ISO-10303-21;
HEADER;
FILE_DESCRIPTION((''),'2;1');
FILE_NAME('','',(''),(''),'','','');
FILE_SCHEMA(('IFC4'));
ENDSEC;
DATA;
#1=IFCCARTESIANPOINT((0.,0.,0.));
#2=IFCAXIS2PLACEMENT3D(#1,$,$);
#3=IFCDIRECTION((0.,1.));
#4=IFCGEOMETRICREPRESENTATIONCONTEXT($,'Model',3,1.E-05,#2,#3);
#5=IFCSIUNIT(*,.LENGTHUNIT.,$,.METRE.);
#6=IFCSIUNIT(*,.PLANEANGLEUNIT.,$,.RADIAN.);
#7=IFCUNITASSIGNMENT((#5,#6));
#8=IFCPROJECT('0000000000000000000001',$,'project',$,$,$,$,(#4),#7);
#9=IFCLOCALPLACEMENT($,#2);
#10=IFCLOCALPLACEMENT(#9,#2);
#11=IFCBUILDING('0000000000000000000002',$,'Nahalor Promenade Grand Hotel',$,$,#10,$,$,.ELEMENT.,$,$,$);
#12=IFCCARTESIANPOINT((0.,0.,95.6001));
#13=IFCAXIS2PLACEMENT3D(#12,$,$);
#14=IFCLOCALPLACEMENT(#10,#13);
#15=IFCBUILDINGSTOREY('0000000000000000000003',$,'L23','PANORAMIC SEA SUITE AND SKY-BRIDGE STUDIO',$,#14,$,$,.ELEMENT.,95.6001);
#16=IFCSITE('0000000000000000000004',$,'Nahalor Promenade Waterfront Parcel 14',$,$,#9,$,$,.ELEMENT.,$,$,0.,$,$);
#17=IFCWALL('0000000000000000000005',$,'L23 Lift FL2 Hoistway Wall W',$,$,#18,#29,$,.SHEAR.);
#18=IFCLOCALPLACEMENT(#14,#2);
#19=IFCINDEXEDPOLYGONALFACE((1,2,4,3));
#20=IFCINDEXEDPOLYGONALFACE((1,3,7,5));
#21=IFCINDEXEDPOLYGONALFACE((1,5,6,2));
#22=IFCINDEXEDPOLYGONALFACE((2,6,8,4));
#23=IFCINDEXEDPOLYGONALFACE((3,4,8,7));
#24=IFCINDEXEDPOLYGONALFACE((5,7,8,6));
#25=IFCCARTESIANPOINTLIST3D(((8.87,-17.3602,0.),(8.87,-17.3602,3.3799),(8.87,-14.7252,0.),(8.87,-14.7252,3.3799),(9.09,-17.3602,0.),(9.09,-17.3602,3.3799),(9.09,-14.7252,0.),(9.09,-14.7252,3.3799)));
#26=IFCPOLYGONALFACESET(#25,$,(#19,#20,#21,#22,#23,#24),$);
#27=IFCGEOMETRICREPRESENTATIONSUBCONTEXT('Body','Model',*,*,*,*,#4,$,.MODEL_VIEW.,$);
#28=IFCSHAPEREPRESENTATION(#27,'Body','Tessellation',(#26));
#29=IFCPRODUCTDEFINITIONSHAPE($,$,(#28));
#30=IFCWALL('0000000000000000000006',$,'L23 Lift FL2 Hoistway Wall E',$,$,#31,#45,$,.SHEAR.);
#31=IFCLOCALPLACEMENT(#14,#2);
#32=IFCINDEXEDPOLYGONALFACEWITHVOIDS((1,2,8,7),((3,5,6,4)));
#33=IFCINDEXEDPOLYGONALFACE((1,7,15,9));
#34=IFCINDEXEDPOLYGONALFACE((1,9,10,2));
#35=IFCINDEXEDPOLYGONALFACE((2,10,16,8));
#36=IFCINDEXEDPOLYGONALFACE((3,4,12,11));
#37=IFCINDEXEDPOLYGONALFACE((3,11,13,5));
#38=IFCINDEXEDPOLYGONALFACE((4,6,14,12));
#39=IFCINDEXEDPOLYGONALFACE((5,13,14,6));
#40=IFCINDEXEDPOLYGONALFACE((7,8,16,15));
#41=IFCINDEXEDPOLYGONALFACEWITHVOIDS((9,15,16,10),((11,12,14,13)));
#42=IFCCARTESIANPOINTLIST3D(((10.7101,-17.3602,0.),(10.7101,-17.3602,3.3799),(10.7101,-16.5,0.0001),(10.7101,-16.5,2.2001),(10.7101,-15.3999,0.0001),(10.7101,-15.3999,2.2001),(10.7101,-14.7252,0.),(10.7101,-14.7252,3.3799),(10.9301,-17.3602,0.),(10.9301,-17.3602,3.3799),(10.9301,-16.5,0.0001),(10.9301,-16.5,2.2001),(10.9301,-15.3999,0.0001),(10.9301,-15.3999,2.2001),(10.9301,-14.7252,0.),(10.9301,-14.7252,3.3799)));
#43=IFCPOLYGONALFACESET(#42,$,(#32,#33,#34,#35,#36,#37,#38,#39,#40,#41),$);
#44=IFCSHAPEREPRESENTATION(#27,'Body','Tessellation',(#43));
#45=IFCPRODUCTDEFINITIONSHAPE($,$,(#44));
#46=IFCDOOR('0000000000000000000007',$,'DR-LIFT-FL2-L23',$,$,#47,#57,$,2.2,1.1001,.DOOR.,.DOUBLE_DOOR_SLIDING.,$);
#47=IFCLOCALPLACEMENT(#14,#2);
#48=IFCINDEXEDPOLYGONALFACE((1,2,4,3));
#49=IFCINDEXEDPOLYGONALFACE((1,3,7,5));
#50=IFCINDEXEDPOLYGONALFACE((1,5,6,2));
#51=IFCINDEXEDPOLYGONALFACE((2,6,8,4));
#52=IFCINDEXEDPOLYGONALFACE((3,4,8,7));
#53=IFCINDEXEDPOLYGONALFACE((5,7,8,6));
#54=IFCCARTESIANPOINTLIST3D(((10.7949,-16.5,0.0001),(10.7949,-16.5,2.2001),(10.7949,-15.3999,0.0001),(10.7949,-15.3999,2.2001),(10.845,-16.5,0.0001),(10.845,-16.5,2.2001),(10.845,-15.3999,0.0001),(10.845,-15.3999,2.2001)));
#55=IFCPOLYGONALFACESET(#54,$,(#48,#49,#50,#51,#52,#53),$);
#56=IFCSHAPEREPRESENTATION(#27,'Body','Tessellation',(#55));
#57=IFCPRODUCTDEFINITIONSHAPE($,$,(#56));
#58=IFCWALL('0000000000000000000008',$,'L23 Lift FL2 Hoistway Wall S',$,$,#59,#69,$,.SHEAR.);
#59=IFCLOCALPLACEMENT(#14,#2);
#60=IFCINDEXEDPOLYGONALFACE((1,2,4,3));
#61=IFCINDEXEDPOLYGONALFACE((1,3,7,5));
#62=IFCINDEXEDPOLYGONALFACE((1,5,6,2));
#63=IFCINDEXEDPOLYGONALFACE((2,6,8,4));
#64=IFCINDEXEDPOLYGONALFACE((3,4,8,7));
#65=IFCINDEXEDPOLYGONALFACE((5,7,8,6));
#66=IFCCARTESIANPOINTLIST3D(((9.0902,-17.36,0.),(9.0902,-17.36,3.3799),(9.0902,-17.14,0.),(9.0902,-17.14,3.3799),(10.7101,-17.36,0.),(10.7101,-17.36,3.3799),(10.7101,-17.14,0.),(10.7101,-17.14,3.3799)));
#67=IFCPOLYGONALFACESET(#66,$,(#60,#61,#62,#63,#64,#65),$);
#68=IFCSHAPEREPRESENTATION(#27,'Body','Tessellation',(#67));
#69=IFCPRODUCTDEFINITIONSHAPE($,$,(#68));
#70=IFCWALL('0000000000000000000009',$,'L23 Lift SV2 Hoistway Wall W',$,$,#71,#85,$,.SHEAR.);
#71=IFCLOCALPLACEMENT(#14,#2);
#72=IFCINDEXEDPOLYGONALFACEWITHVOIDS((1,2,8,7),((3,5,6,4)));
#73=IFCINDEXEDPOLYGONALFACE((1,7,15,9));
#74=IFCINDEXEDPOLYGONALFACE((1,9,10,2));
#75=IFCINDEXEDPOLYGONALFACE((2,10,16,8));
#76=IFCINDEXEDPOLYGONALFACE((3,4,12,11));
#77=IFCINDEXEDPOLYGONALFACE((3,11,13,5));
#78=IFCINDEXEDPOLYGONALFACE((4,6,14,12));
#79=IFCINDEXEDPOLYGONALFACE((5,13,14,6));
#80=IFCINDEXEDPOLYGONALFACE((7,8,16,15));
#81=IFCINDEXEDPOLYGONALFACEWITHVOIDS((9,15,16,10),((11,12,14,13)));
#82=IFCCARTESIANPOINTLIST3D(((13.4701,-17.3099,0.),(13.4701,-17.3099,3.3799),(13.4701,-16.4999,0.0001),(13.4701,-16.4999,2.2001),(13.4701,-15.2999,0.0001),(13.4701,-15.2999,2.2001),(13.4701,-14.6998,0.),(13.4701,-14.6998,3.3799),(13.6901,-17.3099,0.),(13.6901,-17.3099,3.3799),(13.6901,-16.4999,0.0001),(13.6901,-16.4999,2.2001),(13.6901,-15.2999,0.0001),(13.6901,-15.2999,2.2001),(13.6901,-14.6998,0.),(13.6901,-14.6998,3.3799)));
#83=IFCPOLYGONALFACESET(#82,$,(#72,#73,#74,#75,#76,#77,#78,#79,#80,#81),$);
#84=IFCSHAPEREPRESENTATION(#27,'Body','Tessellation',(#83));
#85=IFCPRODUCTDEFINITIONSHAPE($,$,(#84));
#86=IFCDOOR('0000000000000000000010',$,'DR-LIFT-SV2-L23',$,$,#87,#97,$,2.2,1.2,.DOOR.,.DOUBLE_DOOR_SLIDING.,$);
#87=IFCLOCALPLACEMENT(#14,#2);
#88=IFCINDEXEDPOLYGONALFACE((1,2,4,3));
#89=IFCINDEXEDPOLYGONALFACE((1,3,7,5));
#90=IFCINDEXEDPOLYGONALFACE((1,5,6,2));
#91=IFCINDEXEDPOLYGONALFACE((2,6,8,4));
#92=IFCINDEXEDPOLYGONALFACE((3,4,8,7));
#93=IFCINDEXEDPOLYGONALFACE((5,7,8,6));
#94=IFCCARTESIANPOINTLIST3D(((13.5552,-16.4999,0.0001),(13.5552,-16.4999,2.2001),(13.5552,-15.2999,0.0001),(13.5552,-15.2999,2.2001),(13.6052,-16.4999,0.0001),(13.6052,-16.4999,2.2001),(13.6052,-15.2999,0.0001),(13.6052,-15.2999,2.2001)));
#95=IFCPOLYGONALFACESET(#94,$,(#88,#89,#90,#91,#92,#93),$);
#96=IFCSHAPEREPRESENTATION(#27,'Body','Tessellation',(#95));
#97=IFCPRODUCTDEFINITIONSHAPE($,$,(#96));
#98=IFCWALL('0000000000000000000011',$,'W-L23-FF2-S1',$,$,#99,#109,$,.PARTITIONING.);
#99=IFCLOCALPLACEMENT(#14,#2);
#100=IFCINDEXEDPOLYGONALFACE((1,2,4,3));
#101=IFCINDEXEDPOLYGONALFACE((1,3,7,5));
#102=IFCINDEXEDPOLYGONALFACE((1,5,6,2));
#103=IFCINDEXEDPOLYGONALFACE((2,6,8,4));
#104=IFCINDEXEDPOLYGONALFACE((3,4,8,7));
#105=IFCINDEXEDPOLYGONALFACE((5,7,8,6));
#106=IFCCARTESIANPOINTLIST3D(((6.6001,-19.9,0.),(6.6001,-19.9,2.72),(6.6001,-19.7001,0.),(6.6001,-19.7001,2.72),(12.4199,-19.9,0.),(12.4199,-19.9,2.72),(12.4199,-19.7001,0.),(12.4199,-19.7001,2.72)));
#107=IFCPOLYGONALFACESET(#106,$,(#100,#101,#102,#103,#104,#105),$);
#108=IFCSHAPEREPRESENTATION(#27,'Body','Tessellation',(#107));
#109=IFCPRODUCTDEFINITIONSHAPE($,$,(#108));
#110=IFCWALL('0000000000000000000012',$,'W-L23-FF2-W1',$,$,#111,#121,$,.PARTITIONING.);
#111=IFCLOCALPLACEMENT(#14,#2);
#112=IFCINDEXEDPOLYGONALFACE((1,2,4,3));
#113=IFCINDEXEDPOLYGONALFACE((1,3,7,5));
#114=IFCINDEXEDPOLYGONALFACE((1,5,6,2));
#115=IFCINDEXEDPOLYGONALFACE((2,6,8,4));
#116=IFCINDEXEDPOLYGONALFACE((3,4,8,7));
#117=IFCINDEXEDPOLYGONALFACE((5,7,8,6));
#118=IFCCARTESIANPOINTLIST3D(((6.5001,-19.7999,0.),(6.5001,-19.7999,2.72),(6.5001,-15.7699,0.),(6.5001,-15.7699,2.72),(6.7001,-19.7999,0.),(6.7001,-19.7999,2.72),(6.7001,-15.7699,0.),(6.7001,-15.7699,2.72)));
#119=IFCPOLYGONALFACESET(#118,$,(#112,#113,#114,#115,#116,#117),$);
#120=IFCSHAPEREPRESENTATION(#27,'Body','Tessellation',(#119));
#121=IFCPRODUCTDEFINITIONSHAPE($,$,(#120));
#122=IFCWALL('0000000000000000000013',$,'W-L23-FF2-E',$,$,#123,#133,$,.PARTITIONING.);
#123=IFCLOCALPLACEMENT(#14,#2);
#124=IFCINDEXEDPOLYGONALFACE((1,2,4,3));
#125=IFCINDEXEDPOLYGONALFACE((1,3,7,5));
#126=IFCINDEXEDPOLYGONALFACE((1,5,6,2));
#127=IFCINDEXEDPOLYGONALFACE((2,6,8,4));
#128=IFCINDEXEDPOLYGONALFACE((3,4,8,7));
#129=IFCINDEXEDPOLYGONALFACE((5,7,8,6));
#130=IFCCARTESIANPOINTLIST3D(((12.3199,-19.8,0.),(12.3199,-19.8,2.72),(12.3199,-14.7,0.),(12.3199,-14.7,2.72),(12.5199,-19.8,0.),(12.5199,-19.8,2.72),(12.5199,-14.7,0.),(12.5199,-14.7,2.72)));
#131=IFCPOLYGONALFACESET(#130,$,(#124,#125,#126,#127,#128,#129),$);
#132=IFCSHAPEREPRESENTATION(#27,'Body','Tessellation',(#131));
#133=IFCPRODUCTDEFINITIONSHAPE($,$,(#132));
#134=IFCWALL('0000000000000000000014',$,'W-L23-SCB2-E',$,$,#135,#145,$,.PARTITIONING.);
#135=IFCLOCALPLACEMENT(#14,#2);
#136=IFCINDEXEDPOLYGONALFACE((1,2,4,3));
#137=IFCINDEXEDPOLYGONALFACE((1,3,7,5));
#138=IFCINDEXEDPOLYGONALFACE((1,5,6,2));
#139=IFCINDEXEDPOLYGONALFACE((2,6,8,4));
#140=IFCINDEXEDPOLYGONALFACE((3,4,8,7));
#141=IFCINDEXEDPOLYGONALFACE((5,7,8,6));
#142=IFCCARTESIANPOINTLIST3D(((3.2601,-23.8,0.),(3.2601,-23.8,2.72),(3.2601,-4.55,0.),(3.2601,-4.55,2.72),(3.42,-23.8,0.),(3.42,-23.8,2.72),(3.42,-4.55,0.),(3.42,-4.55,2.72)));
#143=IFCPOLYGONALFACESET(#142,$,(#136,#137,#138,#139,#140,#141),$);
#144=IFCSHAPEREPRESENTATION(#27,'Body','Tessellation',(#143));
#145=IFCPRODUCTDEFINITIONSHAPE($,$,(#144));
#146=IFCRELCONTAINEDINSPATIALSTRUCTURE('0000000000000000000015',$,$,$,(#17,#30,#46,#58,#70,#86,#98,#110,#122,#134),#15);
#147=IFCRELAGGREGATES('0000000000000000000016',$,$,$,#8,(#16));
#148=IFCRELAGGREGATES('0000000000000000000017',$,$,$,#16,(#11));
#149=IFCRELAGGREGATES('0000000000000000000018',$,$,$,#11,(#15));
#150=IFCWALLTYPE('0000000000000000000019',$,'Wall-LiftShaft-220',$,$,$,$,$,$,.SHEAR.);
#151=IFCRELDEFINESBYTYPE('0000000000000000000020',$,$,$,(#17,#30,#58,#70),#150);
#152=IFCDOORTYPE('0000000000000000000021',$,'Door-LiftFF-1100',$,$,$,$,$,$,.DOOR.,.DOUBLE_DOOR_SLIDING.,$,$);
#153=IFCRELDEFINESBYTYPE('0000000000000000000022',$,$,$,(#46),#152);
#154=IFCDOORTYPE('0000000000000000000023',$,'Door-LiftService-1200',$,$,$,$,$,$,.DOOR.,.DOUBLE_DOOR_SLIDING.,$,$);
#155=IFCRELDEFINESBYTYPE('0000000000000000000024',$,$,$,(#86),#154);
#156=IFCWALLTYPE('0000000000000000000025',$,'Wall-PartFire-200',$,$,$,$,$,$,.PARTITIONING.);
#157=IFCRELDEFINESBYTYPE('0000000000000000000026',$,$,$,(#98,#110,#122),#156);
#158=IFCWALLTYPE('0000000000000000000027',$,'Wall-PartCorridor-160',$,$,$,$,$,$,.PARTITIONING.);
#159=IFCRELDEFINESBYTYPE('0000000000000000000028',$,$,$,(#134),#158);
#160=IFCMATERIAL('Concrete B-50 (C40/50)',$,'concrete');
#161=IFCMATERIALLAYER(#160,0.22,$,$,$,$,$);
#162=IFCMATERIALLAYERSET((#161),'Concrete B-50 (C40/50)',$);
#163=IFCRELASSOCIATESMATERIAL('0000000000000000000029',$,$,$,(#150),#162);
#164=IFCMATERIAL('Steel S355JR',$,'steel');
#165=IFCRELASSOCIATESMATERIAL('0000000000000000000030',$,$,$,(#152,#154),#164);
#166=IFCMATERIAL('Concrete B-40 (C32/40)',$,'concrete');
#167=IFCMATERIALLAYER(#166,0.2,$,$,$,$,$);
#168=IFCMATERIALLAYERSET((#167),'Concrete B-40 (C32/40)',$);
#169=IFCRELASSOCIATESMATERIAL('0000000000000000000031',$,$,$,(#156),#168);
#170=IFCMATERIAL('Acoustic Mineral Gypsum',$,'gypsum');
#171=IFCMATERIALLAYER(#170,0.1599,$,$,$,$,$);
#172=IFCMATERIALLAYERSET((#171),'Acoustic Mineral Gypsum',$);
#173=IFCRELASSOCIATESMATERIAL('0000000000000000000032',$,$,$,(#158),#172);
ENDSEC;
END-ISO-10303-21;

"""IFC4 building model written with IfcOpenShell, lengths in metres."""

from ifc_helpers import new_model, si_unit, direction, frame, frame_2d, origin, place, context, subcontext, project, spatial, rectangle, extrude, source, transform, mapped, material, layer, layer_set, type_object, element, fill, save


model = new_model("IFC4")

# Units and contexts
model_context = context("Model", 3, precision=1e-05, world=origin(), true_north=direction((0.0, 1.0)))
body_context = subcontext(model_context, "Body", "Model", "MODEL_VIEW")
ifc_project = project(units=[si_unit("LENGTHUNIT", "METRE"), si_unit("PLANEANGLEUNIT", "RADIAN")], contexts=[model_context])

# Site, building, storey
site_placement = place(None, origin())
site = spatial("IfcSite", under=ifc_project, at=site_placement, Name="Nahalor Promenade Waterfront Parcel 14", CompositionType="ELEMENT", RefElevation=0.0)
building_placement = place(site_placement, origin())
building = spatial("IfcBuilding", under=site, at=building_placement, Name="Nahalor Promenade Grand Hotel", CompositionType="ELEMENT")
storey_placement = place(building_placement, frame((0.0, 0.0, 95.6001)))
storey = spatial("IfcBuildingStorey", under=building, at=storey_placement, Name="L23", Description="PANORAMIC SEA SUITE AND SKY-BRIDGE STUDIO", CompositionType="ELEMENT", Elevation=95.6001)

# Shared definitions
ifc_material_1 = material(Name="Steel S355JR", Category="steel")

# Shared definitions
ifc_material_2 = material(Name="Concrete B-50 (C40/50)", Category="concrete")

# Wall
ifc_layer_1 = layer(ifc_material_2, 0.22)
ifc_layer_set_1 = layer_set([ifc_layer_1], Name="Concrete B-50 (C40/50)")
wall_type_1 = type_object("IfcWallType", Name="Wall-LiftShaft-220", PredefinedType="SHEAR", material=ifc_layer_set_1)
shared_shape_1 = source(origin(), body_context, "Body", "SweptSolid", [
    extrude(rectangle(XDim=2.635, YDim=0.22, at=frame_2d((1.3174, 0.0))), origin(), (0.0, 0.0, 1.0), 3.3799),
])
wall_1_placement = place(storey_placement, frame((8.98, -17.3601, 0.0), z_axis=(0.0, 0.0, 1.0), x_axis=(0.0, 1.0, 0.0)))
element("IfcWall", 1, at=wall_1_placement, inside=storey, type_object=wall_type_1, Name="L23 Lift FL2 Hoistway Wall W", PredefinedType="SHEAR", context=body_context, shape_type="MappedRepresentation", body=[
    mapped(shared_shape_1, transform((0.0, 0.0, 0.0), scale=1.0)),
])

# Wall, opening, door
wall_2_placement = place(storey_placement, frame((10.8201, -17.3601, 0.0), z_axis=(0.0, 0.0, 1.0), x_axis=(0.0, 1.0, 0.0)))
wall_2 = element("IfcWall", 2, at=wall_2_placement, inside=storey, type_object=wall_type_1, Name="L23 Lift FL2 Hoistway Wall E", PredefinedType="SHEAR", context=body_context, shape_type="MappedRepresentation", body=[
    mapped(shared_shape_1, transform((0.0, 0.0, 0.0), scale=1.0)),
])
opening_1_placement = place(wall_2_placement, frame((0.8601, 0.0, 0.0)))
opening_1 = element("IfcOpeningElement", 3, at=opening_1_placement, cuts=wall_2, PredefinedType="OPENING", context=body_context, shape_type="SweptSolid", body=[
    extrude(rectangle(XDim=1.1001, YDim=2.2, at=frame_2d((0.55, 1.1001))), frame((0.0, 0.1199, 0.0), z_axis=(0.0, -1.0, 0.0), x_axis=(1.0, 0.0, 0.0)), (0.0, 0.0, 1.0), 0.24),
])
door_type_1 = type_object("IfcDoorType", Name="Door-LiftFF-1100", OperationType="DOUBLE_DOOR_SLIDING", PredefinedType="DOOR", material=ifc_material_1)
shared_shape_2 = source(origin(), body_context, "Body", "SweptSolid", [
    extrude(rectangle(XDim=1.1001, YDim=2.2, at=frame_2d((0.55, 1.1001))), frame((0.0, 0.0249, 0.0), z_axis=(0.0, -1.0, 0.0), x_axis=(1.0, 0.0, 0.0)), (0.0, 0.0, 1.0), 0.05),
])
door_1_placement = place(opening_1_placement, frame((1.1001, 0.0, 0.0), z_axis=(0.0, 0.0, 1.0), x_axis=(-1.0, 0.0, 0.0)))
door_1 = element("IfcDoor", 4, at=door_1_placement, inside=storey, type_object=door_type_1, Name="DR-LIFT-FL2-L23", OperationType="DOUBLE_DOOR_SLIDING", OverallHeight=2.2, OverallWidth=1.1001, PredefinedType="DOOR", context=body_context, shape_type="MappedRepresentation", body=[
    mapped(shared_shape_2, transform((0.0, 0.0, 0.0), scale=1.0)),
])
fill(opening_1, door_1)

# Wall
shared_shape_3 = source(origin(), body_context, "Body", "SweptSolid", [
    extrude(rectangle(XDim=1.6199, YDim=0.22, at=frame_2d((0.8101, 0.0))), origin(), (0.0, 0.0, 1.0), 3.3799),
])
wall_3_placement = place(storey_placement, frame((9.0901, -17.25, 0.0), z_axis=(0.0, 0.0, 1.0), x_axis=(1.0, 0.0, 0.0)))
element("IfcWall", 5, at=wall_3_placement, inside=storey, type_object=wall_type_1, Name="L23 Lift FL2 Hoistway Wall S", PredefinedType="SHEAR", context=body_context, shape_type="MappedRepresentation", body=[
    mapped(shared_shape_3, transform((0.0, 0.0, 0.0), scale=1.0)),
])

# Wall, opening, door
shared_shape_4 = source(origin(), body_context, "Body", "SweptSolid", [
    extrude(rectangle(XDim=2.6101, YDim=0.22, at=frame_2d((1.3052, 0.0))), origin(), (0.0, 0.0, 1.0), 3.3799),
])
wall_4_placement = place(storey_placement, frame((13.5801, -17.3101, 0.0), z_axis=(0.0, 0.0, 1.0), x_axis=(0.0, 1.0, 0.0)))
wall_4 = element("IfcWall", 6, at=wall_4_placement, inside=storey, type_object=wall_type_1, Name="L23 Lift SV2 Hoistway Wall W", PredefinedType="SHEAR", context=body_context, shape_type="MappedRepresentation", body=[
    mapped(shared_shape_4, transform((0.0, 0.0, 0.0), scale=1.0)),
])
opening_2_placement = place(wall_4_placement, frame((0.8101, 0.0, 0.0)))
opening_2 = element("IfcOpeningElement", 7, at=opening_2_placement, cuts=wall_4, PredefinedType="OPENING", context=body_context, shape_type="SweptSolid", body=[
    extrude(rectangle(XDim=1.2, YDim=2.2, at=frame_2d((0.6001, 1.1001))), frame((0.0, 0.1199, 0.0), z_axis=(0.0, -1.0, 0.0), x_axis=(1.0, 0.0, 0.0)), (0.0, 0.0, 1.0), 0.24),
])
door_type_2 = type_object("IfcDoorType", Name="Door-LiftService-1200", OperationType="DOUBLE_DOOR_SLIDING", PredefinedType="DOOR", material=ifc_material_1)
shared_shape_5 = source(origin(), body_context, "Body", "SweptSolid", [
    extrude(rectangle(XDim=1.2, YDim=2.2, at=frame_2d((0.6001, 1.1001))), frame((0.0, 0.0249, 0.0), z_axis=(0.0, -1.0, 0.0), x_axis=(1.0, 0.0, 0.0)), (0.0, 0.0, 1.0), 0.05),
])
door_2_placement = place(opening_2_placement, origin())
door_2 = element("IfcDoor", 8, at=door_2_placement, inside=storey, type_object=door_type_2, Name="DR-LIFT-SV2-L23", OperationType="DOUBLE_DOOR_SLIDING", OverallHeight=2.2, OverallWidth=1.2, PredefinedType="DOOR", context=body_context, shape_type="MappedRepresentation", body=[
    mapped(shared_shape_5, transform((0.0, 0.0, 0.0), scale=1.0)),
])
fill(opening_2, door_2)

# Walls
ifc_material_3 = material(Name="Concrete B-40 (C32/40)", Category="concrete")
ifc_layer_2 = layer(ifc_material_3, 0.2)
ifc_layer_set_2 = layer_set([ifc_layer_2], Name="Concrete B-40 (C32/40)")
wall_type_2 = type_object("IfcWallType", Name="Wall-PartFire-200", PredefinedType="PARTITIONING", material=ifc_layer_set_2)
shared_shape_6 = source(origin(), body_context, "Body", "SweptSolid", [
    extrude(rectangle(XDim=5.8198, YDim=0.2, at=frame_2d((2.9099, 0.0))), origin(), (0.0, 0.0, 1.0), 2.72),
])
wall_5_placement = place(storey_placement, frame((6.6001, -19.8, 0.0), z_axis=(0.0, 0.0, 1.0), x_axis=(1.0, 0.0, 0.0)))
element("IfcWall", 9, at=wall_5_placement, inside=storey, type_object=wall_type_2, Name="W-L23-FF2-S1", PredefinedType="PARTITIONING", context=body_context, shape_type="MappedRepresentation", body=[
    mapped(shared_shape_6, transform((0.0, 0.0, 0.0), scale=1.0)),
])
shared_shape_7 = source(origin(), body_context, "Body", "SweptSolid", [
    extrude(rectangle(XDim=4.03, YDim=0.2, at=frame_2d((2.0151, 0.0))), origin(), (0.0, 0.0, 1.0), 2.72),
])
wall_6_placement = place(storey_placement, frame((6.6001, -19.8, 0.0), z_axis=(0.0, 0.0, 1.0), x_axis=(0.0, 1.0, 0.0)))
element("IfcWall", 10, at=wall_6_placement, inside=storey, type_object=wall_type_2, Name="W-L23-FF2-W1", PredefinedType="PARTITIONING", context=body_context, shape_type="MappedRepresentation", body=[
    mapped(shared_shape_7, transform((0.0, 0.0, 0.0), scale=1.0)),
])
shared_shape_8 = source(origin(), body_context, "Body", "SweptSolid", [
    extrude(rectangle(XDim=5.1001, YDim=0.2, at=frame_2d((2.55, 0.0))), origin(), (0.0, 0.0, 1.0), 2.72),
])
wall_7_placement = place(storey_placement, frame((12.4199, -19.8, 0.0), z_axis=(0.0, 0.0, 1.0), x_axis=(0.0, 1.0, 0.0)))
element("IfcWall", 11, at=wall_7_placement, inside=storey, type_object=wall_type_2, Name="W-L23-FF2-E", PredefinedType="PARTITIONING", context=body_context, shape_type="MappedRepresentation", body=[
    mapped(shared_shape_8, transform((0.0, 0.0, 0.0), scale=1.0)),
])
ifc_material_4 = material(Name="Acoustic Mineral Gypsum", Category="gypsum")
ifc_layer_3 = layer(ifc_material_4, 0.1599)
ifc_layer_set_3 = layer_set([ifc_layer_3], Name="Acoustic Mineral Gypsum")
wall_type_3 = type_object("IfcWallType", Name="Wall-PartCorridor-160", PredefinedType="PARTITIONING", material=ifc_layer_set_3)
shared_shape_9 = source(origin(), body_context, "Body", "SweptSolid", [
    extrude(rectangle(XDim=19.25, YDim=0.1599, at=frame_2d((9.625, 0.0))), origin(), (0.0, 0.0, 1.0), 2.72),
])
wall_8_placement = place(storey_placement, frame((3.3401, -23.8, 0.0), z_axis=(0.0, 0.0, 1.0), x_axis=(0.0, 1.0, 0.0)))
element("IfcWall", 12, at=wall_8_placement, inside=storey, type_object=wall_type_3, Name="W-L23-SCB2-E", PredefinedType="PARTITIONING", context=body_context, shape_type="MappedRepresentation", body=[
    mapped(shared_shape_9, transform((0.0, 0.0, 0.0), scale=1.0)),
])

save(model, "model.ifc")
